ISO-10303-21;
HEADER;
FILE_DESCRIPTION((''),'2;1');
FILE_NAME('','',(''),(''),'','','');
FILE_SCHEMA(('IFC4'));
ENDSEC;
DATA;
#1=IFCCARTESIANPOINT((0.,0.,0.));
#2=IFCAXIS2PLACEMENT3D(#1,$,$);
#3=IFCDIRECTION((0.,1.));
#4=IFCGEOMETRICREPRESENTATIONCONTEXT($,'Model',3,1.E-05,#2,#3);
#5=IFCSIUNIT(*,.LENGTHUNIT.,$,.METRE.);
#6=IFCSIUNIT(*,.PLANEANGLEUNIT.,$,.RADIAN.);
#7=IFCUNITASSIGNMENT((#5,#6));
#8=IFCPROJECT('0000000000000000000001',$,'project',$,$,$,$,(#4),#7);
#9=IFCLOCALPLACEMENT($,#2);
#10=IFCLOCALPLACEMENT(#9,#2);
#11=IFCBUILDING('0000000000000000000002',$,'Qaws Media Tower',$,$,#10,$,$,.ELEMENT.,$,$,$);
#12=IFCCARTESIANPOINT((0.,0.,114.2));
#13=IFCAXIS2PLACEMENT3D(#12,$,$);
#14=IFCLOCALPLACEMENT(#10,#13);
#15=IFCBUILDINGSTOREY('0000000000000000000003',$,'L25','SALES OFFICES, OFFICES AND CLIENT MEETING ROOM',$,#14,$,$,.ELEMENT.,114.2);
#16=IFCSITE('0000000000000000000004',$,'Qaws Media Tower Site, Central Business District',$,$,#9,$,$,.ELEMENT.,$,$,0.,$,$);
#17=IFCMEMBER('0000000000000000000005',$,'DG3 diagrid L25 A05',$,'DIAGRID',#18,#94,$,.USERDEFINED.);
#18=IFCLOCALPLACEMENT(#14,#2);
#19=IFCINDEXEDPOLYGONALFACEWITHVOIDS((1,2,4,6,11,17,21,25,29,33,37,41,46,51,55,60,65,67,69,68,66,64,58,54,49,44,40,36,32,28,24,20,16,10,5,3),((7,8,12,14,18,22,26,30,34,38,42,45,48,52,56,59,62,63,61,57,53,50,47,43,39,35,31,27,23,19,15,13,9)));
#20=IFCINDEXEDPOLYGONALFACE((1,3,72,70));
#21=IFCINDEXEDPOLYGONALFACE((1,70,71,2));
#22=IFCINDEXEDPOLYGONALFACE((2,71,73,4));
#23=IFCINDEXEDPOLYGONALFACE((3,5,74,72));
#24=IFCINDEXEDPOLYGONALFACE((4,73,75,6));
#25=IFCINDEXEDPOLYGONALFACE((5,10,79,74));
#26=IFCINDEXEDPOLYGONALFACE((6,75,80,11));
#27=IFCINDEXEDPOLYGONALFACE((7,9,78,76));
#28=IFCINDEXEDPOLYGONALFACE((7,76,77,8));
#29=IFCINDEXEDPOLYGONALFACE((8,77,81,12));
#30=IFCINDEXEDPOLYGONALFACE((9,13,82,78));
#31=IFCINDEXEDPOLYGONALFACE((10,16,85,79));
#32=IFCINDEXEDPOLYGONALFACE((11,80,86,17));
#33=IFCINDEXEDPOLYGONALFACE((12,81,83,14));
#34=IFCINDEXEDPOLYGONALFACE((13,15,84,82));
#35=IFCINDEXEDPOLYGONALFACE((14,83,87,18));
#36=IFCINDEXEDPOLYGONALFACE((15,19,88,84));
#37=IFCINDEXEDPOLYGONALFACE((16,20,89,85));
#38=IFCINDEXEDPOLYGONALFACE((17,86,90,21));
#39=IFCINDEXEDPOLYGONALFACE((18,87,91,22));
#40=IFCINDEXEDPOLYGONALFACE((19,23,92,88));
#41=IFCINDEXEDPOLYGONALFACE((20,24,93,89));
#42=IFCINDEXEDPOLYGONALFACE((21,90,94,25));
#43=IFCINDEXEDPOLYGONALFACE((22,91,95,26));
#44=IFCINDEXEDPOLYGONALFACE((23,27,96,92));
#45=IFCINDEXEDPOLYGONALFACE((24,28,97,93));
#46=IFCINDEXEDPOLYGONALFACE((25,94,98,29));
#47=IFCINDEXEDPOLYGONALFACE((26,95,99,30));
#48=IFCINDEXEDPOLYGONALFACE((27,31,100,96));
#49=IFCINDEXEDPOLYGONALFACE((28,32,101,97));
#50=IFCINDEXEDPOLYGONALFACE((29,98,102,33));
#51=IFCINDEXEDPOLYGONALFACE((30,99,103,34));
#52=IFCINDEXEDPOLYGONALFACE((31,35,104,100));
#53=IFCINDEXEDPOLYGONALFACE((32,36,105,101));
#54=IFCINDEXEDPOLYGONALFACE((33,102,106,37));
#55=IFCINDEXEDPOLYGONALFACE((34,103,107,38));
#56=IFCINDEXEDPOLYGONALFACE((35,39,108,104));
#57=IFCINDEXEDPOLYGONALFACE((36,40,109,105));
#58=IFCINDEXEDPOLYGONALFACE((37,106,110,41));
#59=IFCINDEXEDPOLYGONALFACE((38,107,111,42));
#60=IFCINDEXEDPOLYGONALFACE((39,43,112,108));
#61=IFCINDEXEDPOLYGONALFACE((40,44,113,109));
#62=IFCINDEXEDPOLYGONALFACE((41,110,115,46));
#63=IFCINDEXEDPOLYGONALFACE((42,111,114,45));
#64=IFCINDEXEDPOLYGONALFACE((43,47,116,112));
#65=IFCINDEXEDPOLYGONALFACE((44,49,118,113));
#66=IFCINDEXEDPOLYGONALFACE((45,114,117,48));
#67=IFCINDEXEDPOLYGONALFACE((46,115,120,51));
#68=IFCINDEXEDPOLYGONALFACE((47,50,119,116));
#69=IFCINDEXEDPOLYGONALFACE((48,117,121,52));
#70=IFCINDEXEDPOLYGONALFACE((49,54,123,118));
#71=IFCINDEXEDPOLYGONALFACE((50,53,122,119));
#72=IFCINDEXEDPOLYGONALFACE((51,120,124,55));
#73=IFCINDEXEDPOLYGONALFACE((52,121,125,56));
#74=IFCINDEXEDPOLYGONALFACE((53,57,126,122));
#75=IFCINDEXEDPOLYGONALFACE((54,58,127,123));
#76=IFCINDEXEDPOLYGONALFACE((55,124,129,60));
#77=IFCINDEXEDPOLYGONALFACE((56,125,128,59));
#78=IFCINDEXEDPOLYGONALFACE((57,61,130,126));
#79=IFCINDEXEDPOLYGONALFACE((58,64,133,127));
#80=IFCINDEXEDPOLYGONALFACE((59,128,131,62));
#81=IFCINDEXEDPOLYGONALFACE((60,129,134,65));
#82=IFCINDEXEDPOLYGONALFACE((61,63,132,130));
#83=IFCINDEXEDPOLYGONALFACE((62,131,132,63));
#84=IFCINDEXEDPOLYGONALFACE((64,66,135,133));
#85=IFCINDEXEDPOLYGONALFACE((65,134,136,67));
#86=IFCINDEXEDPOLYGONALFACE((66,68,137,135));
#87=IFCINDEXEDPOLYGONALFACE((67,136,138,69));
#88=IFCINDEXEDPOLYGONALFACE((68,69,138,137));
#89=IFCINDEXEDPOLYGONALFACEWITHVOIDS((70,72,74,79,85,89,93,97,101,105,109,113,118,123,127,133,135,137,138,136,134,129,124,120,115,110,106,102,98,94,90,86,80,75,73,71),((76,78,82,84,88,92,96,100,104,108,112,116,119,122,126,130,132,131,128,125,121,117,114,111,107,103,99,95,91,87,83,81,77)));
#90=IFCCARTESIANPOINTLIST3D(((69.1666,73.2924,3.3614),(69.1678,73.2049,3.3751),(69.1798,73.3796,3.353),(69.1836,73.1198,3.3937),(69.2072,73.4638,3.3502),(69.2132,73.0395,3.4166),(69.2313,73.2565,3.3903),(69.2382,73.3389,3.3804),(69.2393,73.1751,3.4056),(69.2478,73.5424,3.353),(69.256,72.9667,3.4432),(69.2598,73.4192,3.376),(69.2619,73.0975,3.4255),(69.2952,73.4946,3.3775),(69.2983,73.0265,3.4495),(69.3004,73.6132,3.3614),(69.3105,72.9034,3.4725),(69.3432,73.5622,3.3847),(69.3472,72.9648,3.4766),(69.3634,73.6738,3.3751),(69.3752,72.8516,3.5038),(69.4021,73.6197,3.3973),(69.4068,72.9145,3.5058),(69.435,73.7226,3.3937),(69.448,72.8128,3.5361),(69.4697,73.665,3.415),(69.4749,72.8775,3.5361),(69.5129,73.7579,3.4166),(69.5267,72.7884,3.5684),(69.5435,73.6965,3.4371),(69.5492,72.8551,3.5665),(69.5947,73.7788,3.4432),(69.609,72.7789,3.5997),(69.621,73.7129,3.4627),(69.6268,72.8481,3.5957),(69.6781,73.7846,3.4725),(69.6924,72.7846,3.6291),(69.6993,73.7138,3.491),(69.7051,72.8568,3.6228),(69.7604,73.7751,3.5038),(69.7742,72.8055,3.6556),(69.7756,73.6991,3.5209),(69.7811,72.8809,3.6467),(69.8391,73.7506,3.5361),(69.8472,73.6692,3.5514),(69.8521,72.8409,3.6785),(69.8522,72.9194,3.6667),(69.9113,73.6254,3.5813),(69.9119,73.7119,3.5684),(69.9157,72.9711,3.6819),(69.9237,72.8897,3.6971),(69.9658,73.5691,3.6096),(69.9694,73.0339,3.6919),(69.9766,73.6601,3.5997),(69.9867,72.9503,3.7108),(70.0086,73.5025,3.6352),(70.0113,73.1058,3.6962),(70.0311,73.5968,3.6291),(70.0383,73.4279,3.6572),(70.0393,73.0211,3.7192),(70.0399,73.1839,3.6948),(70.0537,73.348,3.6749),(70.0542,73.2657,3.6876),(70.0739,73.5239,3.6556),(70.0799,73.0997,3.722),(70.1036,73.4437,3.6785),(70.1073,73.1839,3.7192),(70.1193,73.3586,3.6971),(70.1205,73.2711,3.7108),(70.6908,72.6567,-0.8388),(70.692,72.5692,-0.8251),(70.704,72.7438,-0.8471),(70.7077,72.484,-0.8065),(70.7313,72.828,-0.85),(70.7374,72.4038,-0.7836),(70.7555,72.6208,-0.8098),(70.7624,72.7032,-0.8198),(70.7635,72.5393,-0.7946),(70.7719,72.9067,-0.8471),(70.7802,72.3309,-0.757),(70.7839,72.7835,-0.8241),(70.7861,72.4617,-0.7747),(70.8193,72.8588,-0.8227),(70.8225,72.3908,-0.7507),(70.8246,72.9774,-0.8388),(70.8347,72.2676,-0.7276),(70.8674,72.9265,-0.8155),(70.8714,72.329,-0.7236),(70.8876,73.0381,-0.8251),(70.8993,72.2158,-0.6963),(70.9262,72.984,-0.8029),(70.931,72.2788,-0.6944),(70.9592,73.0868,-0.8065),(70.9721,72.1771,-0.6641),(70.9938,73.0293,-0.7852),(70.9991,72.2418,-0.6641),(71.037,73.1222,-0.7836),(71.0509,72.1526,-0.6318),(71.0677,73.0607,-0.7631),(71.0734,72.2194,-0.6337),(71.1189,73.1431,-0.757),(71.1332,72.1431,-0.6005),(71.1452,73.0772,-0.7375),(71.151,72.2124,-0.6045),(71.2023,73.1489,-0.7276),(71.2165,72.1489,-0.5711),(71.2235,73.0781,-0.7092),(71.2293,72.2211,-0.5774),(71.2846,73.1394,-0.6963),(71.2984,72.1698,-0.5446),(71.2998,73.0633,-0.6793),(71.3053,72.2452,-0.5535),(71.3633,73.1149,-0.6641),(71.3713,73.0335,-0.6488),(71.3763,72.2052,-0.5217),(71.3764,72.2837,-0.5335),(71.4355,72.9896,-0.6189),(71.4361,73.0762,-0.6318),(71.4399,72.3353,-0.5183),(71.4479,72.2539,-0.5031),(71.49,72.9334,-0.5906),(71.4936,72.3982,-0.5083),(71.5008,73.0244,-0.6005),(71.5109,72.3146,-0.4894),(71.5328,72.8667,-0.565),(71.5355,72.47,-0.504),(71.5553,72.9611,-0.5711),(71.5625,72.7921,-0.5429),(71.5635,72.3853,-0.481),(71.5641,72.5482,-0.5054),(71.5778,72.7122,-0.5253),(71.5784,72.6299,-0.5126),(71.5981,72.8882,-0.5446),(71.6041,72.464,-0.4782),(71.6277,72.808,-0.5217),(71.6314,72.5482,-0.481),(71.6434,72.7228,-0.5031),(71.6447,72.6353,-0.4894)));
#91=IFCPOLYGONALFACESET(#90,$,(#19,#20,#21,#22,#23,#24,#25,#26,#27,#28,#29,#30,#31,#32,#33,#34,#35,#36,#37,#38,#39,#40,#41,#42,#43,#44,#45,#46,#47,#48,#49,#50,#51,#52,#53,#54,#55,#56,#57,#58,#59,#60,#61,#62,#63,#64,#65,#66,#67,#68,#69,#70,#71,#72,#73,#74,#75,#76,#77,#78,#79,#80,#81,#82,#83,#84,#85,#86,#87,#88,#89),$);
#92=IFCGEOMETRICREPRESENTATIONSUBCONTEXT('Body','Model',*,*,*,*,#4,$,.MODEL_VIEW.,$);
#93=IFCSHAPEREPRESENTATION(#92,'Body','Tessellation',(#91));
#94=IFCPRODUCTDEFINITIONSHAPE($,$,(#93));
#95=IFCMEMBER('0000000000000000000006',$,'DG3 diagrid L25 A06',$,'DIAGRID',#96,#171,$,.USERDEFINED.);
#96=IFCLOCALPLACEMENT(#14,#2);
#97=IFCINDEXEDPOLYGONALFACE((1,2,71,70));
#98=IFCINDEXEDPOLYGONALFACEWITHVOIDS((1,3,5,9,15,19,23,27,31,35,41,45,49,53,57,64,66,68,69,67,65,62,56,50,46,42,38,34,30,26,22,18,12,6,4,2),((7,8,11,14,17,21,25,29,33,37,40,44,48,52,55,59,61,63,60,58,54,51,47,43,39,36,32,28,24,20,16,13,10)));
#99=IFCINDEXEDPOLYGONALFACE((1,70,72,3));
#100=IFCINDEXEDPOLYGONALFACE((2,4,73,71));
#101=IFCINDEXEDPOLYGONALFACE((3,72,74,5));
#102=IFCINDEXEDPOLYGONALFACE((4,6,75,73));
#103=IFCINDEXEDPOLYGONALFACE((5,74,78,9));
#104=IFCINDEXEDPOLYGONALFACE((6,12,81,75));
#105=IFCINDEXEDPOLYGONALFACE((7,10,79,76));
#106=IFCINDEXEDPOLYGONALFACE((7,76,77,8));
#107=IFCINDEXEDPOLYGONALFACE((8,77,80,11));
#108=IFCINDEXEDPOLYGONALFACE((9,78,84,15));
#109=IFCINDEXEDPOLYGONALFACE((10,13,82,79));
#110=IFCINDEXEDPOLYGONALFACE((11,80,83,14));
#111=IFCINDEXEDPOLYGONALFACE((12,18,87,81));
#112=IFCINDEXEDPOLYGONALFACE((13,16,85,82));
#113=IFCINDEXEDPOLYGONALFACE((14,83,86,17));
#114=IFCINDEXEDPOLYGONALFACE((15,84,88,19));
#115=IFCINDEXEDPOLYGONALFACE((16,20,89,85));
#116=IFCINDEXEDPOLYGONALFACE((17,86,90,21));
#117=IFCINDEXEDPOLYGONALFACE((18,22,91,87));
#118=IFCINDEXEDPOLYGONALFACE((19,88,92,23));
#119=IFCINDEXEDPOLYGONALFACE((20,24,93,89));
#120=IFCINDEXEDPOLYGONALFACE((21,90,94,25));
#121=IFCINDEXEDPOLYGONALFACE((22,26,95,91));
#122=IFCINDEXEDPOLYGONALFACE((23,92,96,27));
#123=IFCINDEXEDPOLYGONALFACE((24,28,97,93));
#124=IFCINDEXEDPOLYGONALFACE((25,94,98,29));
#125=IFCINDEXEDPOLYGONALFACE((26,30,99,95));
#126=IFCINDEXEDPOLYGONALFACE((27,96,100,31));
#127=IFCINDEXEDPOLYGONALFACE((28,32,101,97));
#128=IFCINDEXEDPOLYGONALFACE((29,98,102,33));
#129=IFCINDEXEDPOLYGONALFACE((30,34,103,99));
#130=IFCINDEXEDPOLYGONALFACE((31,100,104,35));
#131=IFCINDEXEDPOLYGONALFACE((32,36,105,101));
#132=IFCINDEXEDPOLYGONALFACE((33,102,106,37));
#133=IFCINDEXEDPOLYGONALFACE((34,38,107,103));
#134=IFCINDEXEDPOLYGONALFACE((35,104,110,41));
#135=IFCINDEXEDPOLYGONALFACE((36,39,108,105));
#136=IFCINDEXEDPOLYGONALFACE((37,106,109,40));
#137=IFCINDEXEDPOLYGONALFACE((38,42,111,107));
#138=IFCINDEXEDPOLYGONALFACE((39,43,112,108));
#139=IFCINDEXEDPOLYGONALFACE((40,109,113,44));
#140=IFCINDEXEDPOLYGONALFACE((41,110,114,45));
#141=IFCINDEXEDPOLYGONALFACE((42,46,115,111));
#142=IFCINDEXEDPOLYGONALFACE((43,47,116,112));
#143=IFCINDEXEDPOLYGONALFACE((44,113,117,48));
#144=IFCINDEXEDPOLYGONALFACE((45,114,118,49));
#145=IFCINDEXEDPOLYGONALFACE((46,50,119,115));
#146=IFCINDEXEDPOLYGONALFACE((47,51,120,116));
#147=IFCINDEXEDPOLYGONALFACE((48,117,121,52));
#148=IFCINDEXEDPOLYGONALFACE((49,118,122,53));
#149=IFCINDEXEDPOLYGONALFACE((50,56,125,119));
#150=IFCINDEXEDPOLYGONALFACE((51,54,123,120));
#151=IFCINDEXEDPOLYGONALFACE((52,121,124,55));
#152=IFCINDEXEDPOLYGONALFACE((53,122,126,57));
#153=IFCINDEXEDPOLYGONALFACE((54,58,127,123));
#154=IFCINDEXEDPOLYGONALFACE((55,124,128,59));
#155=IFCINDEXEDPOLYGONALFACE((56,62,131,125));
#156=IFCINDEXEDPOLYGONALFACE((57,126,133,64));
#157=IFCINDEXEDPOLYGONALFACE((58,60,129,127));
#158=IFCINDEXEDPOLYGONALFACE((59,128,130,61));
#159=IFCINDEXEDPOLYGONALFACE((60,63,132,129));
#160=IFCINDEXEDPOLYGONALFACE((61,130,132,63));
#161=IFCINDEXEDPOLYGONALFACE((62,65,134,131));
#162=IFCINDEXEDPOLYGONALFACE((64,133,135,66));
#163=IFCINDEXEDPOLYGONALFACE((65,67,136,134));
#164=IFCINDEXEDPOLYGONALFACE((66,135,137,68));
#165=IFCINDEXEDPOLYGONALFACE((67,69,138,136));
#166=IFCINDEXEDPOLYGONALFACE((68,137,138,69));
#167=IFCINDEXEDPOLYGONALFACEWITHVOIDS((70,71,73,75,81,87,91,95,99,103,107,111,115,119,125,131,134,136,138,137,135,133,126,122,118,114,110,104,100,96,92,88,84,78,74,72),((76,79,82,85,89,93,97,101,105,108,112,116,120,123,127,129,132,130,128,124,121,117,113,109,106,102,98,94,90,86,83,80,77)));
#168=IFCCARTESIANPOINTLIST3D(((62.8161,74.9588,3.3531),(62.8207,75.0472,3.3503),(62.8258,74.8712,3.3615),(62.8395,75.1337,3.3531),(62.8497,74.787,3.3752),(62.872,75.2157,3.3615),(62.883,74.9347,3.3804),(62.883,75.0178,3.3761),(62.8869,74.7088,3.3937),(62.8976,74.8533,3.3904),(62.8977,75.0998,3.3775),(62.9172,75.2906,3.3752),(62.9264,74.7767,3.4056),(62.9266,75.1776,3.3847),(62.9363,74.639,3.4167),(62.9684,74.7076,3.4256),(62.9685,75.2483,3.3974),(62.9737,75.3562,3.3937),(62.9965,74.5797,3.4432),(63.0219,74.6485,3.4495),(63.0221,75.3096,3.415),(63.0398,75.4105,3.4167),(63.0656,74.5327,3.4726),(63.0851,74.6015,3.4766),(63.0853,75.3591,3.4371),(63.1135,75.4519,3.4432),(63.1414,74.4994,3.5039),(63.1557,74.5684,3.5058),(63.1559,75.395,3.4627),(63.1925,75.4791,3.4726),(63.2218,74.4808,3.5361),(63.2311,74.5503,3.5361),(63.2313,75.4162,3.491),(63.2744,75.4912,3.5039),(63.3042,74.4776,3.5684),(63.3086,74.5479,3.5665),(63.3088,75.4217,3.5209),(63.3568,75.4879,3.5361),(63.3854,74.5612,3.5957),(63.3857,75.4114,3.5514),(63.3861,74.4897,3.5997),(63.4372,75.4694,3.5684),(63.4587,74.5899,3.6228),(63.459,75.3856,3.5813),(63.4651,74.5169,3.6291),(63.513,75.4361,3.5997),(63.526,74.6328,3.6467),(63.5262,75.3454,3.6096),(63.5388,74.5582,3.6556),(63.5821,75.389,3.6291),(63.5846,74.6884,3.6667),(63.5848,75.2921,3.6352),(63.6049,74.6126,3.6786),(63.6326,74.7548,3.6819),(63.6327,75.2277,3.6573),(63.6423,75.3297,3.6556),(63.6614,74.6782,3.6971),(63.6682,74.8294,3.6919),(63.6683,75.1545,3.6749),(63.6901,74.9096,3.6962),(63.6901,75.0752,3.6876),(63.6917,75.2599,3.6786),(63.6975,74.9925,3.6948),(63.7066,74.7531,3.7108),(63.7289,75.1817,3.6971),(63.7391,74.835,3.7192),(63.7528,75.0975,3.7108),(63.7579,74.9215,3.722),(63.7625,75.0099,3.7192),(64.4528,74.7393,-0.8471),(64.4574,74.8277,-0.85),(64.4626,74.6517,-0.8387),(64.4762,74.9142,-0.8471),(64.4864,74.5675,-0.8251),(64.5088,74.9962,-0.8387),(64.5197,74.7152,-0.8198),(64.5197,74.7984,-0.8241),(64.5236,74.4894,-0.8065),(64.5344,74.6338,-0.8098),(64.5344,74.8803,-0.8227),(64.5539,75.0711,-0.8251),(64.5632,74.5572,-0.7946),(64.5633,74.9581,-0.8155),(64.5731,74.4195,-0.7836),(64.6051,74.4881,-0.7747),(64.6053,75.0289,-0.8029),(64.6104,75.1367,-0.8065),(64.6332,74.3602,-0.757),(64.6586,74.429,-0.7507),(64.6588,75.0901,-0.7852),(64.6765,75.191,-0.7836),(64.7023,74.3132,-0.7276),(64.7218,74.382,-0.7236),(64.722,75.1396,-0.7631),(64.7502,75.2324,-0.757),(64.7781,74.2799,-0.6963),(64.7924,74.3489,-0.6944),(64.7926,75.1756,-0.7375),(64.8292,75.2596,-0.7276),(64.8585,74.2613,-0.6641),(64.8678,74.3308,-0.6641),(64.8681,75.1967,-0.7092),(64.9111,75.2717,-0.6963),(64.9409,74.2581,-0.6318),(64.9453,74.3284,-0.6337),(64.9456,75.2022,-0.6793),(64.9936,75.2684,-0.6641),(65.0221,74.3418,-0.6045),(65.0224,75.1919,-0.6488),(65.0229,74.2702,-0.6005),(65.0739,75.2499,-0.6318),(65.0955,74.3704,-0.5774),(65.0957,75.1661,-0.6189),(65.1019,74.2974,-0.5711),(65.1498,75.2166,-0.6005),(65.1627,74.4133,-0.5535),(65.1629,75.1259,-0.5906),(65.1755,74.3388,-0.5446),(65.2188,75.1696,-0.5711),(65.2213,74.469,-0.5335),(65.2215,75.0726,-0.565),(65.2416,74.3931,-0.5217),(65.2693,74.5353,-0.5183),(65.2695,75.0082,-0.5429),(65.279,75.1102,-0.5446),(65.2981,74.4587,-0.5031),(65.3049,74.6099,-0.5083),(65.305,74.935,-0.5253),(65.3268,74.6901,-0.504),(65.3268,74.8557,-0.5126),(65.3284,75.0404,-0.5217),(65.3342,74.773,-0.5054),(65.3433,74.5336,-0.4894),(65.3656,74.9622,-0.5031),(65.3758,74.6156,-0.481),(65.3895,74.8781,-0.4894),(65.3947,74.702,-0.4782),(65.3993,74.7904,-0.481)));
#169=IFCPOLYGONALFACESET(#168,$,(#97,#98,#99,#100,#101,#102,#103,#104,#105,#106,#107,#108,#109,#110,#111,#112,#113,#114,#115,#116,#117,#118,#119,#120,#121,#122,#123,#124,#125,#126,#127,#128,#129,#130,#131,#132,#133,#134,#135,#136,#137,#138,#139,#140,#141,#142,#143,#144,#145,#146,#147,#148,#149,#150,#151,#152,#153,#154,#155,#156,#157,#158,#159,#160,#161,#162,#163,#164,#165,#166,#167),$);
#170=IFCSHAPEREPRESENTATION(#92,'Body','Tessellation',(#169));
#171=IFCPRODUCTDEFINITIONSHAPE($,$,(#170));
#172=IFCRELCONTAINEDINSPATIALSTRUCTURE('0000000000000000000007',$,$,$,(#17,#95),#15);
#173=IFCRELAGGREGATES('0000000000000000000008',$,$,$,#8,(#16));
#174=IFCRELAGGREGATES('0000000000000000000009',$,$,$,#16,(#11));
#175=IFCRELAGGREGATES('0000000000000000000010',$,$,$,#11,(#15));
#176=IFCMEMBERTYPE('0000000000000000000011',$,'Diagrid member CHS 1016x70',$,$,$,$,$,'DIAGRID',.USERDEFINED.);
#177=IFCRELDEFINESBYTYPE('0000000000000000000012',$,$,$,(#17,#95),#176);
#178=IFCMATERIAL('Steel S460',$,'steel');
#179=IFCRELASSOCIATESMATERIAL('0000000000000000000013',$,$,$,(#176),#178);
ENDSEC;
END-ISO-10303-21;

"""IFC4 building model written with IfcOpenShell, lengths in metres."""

from ifc_helpers import new_model, si_unit, direction, frame, origin, origin_2d, place, context, subcontext, project, spatial, hollow_circle, extrude, material, material_profile, profile_set, type_object, element, save


model = new_model("IFC4")

# Units and contexts
model_context = context("Model", 3, precision=1e-05, world=origin(), true_north=direction((0.0, 1.0)))
body_context = subcontext(model_context, "Body", "Model", "MODEL_VIEW")
ifc_project = project(units=[si_unit("LENGTHUNIT", "METRE"), si_unit("PLANEANGLEUNIT", "RADIAN")], contexts=[model_context])

# Site, building, storey
site_placement = place(None, origin())
site = spatial("IfcSite", under=ifc_project, at=site_placement, Name="Qaws Media Tower Site, Central Business District", CompositionType="ELEMENT", RefElevation=0.0)
building_placement = place(site_placement, origin())
building = spatial("IfcBuilding", under=site, at=building_placement, Name="Qaws Media Tower", CompositionType="ELEMENT")
storey_placement = place(building_placement, frame((0.0, 0.0, 114.2)))
storey = spatial("IfcBuildingStorey", under=building, at=storey_placement, Name="L25", Description="SALES OFFICES, OFFICES AND CLIENT MEETING ROOM", CompositionType="ELEMENT", Elevation=114.2)

# Members
ifc_material_1 = material(Name="Steel S460", Category="steel")
ifc_material_profile_1 = material_profile(ifc_material_1, hollow_circle(Radius=0.5081, WallThickness=0.0701, at=origin_2d()), Name="CHS 1016x70")
ifc_profile_set_1 = profile_set([ifc_material_profile_1], Name="Steel S460")
member_type_1 = type_object("IfcMemberType", Name="Diagrid member CHS 1016x70", ElementType="DIAGRID", PredefinedType="USERDEFINED", material=ifc_profile_set_1)
for number, where, z_axis, x_axis, name in (
    (1, (71.1677, 72.646, -0.6641), (-0.337714, 0.140863, 0.930648), (-0.384962, -0.922933, 0.0), "DG3 diagrid L25 A05"),
    (2, (64.926, 74.7649, -0.6641), (-0.362654, 0.048632, 0.930654), (-0.132909, -0.991128, 0.0), "DG3 diagrid L25 A06"),
):
    element("IfcMember", number, at=place(storey_placement, frame(where, z_axis=z_axis, x_axis=x_axis)), inside=storey, type_object=member_type_1, Name=name, ObjectType="DIAGRID", PredefinedType="USERDEFINED", context=body_context, shape_type="SweptSolid", body=[
        extrude(hollow_circle(Radius=0.5081, WallThickness=0.0701, at=origin_2d()), origin(), (0.0, 0.0, 1.0), 4.5132),
    ])

save(model, "model.ifc")
